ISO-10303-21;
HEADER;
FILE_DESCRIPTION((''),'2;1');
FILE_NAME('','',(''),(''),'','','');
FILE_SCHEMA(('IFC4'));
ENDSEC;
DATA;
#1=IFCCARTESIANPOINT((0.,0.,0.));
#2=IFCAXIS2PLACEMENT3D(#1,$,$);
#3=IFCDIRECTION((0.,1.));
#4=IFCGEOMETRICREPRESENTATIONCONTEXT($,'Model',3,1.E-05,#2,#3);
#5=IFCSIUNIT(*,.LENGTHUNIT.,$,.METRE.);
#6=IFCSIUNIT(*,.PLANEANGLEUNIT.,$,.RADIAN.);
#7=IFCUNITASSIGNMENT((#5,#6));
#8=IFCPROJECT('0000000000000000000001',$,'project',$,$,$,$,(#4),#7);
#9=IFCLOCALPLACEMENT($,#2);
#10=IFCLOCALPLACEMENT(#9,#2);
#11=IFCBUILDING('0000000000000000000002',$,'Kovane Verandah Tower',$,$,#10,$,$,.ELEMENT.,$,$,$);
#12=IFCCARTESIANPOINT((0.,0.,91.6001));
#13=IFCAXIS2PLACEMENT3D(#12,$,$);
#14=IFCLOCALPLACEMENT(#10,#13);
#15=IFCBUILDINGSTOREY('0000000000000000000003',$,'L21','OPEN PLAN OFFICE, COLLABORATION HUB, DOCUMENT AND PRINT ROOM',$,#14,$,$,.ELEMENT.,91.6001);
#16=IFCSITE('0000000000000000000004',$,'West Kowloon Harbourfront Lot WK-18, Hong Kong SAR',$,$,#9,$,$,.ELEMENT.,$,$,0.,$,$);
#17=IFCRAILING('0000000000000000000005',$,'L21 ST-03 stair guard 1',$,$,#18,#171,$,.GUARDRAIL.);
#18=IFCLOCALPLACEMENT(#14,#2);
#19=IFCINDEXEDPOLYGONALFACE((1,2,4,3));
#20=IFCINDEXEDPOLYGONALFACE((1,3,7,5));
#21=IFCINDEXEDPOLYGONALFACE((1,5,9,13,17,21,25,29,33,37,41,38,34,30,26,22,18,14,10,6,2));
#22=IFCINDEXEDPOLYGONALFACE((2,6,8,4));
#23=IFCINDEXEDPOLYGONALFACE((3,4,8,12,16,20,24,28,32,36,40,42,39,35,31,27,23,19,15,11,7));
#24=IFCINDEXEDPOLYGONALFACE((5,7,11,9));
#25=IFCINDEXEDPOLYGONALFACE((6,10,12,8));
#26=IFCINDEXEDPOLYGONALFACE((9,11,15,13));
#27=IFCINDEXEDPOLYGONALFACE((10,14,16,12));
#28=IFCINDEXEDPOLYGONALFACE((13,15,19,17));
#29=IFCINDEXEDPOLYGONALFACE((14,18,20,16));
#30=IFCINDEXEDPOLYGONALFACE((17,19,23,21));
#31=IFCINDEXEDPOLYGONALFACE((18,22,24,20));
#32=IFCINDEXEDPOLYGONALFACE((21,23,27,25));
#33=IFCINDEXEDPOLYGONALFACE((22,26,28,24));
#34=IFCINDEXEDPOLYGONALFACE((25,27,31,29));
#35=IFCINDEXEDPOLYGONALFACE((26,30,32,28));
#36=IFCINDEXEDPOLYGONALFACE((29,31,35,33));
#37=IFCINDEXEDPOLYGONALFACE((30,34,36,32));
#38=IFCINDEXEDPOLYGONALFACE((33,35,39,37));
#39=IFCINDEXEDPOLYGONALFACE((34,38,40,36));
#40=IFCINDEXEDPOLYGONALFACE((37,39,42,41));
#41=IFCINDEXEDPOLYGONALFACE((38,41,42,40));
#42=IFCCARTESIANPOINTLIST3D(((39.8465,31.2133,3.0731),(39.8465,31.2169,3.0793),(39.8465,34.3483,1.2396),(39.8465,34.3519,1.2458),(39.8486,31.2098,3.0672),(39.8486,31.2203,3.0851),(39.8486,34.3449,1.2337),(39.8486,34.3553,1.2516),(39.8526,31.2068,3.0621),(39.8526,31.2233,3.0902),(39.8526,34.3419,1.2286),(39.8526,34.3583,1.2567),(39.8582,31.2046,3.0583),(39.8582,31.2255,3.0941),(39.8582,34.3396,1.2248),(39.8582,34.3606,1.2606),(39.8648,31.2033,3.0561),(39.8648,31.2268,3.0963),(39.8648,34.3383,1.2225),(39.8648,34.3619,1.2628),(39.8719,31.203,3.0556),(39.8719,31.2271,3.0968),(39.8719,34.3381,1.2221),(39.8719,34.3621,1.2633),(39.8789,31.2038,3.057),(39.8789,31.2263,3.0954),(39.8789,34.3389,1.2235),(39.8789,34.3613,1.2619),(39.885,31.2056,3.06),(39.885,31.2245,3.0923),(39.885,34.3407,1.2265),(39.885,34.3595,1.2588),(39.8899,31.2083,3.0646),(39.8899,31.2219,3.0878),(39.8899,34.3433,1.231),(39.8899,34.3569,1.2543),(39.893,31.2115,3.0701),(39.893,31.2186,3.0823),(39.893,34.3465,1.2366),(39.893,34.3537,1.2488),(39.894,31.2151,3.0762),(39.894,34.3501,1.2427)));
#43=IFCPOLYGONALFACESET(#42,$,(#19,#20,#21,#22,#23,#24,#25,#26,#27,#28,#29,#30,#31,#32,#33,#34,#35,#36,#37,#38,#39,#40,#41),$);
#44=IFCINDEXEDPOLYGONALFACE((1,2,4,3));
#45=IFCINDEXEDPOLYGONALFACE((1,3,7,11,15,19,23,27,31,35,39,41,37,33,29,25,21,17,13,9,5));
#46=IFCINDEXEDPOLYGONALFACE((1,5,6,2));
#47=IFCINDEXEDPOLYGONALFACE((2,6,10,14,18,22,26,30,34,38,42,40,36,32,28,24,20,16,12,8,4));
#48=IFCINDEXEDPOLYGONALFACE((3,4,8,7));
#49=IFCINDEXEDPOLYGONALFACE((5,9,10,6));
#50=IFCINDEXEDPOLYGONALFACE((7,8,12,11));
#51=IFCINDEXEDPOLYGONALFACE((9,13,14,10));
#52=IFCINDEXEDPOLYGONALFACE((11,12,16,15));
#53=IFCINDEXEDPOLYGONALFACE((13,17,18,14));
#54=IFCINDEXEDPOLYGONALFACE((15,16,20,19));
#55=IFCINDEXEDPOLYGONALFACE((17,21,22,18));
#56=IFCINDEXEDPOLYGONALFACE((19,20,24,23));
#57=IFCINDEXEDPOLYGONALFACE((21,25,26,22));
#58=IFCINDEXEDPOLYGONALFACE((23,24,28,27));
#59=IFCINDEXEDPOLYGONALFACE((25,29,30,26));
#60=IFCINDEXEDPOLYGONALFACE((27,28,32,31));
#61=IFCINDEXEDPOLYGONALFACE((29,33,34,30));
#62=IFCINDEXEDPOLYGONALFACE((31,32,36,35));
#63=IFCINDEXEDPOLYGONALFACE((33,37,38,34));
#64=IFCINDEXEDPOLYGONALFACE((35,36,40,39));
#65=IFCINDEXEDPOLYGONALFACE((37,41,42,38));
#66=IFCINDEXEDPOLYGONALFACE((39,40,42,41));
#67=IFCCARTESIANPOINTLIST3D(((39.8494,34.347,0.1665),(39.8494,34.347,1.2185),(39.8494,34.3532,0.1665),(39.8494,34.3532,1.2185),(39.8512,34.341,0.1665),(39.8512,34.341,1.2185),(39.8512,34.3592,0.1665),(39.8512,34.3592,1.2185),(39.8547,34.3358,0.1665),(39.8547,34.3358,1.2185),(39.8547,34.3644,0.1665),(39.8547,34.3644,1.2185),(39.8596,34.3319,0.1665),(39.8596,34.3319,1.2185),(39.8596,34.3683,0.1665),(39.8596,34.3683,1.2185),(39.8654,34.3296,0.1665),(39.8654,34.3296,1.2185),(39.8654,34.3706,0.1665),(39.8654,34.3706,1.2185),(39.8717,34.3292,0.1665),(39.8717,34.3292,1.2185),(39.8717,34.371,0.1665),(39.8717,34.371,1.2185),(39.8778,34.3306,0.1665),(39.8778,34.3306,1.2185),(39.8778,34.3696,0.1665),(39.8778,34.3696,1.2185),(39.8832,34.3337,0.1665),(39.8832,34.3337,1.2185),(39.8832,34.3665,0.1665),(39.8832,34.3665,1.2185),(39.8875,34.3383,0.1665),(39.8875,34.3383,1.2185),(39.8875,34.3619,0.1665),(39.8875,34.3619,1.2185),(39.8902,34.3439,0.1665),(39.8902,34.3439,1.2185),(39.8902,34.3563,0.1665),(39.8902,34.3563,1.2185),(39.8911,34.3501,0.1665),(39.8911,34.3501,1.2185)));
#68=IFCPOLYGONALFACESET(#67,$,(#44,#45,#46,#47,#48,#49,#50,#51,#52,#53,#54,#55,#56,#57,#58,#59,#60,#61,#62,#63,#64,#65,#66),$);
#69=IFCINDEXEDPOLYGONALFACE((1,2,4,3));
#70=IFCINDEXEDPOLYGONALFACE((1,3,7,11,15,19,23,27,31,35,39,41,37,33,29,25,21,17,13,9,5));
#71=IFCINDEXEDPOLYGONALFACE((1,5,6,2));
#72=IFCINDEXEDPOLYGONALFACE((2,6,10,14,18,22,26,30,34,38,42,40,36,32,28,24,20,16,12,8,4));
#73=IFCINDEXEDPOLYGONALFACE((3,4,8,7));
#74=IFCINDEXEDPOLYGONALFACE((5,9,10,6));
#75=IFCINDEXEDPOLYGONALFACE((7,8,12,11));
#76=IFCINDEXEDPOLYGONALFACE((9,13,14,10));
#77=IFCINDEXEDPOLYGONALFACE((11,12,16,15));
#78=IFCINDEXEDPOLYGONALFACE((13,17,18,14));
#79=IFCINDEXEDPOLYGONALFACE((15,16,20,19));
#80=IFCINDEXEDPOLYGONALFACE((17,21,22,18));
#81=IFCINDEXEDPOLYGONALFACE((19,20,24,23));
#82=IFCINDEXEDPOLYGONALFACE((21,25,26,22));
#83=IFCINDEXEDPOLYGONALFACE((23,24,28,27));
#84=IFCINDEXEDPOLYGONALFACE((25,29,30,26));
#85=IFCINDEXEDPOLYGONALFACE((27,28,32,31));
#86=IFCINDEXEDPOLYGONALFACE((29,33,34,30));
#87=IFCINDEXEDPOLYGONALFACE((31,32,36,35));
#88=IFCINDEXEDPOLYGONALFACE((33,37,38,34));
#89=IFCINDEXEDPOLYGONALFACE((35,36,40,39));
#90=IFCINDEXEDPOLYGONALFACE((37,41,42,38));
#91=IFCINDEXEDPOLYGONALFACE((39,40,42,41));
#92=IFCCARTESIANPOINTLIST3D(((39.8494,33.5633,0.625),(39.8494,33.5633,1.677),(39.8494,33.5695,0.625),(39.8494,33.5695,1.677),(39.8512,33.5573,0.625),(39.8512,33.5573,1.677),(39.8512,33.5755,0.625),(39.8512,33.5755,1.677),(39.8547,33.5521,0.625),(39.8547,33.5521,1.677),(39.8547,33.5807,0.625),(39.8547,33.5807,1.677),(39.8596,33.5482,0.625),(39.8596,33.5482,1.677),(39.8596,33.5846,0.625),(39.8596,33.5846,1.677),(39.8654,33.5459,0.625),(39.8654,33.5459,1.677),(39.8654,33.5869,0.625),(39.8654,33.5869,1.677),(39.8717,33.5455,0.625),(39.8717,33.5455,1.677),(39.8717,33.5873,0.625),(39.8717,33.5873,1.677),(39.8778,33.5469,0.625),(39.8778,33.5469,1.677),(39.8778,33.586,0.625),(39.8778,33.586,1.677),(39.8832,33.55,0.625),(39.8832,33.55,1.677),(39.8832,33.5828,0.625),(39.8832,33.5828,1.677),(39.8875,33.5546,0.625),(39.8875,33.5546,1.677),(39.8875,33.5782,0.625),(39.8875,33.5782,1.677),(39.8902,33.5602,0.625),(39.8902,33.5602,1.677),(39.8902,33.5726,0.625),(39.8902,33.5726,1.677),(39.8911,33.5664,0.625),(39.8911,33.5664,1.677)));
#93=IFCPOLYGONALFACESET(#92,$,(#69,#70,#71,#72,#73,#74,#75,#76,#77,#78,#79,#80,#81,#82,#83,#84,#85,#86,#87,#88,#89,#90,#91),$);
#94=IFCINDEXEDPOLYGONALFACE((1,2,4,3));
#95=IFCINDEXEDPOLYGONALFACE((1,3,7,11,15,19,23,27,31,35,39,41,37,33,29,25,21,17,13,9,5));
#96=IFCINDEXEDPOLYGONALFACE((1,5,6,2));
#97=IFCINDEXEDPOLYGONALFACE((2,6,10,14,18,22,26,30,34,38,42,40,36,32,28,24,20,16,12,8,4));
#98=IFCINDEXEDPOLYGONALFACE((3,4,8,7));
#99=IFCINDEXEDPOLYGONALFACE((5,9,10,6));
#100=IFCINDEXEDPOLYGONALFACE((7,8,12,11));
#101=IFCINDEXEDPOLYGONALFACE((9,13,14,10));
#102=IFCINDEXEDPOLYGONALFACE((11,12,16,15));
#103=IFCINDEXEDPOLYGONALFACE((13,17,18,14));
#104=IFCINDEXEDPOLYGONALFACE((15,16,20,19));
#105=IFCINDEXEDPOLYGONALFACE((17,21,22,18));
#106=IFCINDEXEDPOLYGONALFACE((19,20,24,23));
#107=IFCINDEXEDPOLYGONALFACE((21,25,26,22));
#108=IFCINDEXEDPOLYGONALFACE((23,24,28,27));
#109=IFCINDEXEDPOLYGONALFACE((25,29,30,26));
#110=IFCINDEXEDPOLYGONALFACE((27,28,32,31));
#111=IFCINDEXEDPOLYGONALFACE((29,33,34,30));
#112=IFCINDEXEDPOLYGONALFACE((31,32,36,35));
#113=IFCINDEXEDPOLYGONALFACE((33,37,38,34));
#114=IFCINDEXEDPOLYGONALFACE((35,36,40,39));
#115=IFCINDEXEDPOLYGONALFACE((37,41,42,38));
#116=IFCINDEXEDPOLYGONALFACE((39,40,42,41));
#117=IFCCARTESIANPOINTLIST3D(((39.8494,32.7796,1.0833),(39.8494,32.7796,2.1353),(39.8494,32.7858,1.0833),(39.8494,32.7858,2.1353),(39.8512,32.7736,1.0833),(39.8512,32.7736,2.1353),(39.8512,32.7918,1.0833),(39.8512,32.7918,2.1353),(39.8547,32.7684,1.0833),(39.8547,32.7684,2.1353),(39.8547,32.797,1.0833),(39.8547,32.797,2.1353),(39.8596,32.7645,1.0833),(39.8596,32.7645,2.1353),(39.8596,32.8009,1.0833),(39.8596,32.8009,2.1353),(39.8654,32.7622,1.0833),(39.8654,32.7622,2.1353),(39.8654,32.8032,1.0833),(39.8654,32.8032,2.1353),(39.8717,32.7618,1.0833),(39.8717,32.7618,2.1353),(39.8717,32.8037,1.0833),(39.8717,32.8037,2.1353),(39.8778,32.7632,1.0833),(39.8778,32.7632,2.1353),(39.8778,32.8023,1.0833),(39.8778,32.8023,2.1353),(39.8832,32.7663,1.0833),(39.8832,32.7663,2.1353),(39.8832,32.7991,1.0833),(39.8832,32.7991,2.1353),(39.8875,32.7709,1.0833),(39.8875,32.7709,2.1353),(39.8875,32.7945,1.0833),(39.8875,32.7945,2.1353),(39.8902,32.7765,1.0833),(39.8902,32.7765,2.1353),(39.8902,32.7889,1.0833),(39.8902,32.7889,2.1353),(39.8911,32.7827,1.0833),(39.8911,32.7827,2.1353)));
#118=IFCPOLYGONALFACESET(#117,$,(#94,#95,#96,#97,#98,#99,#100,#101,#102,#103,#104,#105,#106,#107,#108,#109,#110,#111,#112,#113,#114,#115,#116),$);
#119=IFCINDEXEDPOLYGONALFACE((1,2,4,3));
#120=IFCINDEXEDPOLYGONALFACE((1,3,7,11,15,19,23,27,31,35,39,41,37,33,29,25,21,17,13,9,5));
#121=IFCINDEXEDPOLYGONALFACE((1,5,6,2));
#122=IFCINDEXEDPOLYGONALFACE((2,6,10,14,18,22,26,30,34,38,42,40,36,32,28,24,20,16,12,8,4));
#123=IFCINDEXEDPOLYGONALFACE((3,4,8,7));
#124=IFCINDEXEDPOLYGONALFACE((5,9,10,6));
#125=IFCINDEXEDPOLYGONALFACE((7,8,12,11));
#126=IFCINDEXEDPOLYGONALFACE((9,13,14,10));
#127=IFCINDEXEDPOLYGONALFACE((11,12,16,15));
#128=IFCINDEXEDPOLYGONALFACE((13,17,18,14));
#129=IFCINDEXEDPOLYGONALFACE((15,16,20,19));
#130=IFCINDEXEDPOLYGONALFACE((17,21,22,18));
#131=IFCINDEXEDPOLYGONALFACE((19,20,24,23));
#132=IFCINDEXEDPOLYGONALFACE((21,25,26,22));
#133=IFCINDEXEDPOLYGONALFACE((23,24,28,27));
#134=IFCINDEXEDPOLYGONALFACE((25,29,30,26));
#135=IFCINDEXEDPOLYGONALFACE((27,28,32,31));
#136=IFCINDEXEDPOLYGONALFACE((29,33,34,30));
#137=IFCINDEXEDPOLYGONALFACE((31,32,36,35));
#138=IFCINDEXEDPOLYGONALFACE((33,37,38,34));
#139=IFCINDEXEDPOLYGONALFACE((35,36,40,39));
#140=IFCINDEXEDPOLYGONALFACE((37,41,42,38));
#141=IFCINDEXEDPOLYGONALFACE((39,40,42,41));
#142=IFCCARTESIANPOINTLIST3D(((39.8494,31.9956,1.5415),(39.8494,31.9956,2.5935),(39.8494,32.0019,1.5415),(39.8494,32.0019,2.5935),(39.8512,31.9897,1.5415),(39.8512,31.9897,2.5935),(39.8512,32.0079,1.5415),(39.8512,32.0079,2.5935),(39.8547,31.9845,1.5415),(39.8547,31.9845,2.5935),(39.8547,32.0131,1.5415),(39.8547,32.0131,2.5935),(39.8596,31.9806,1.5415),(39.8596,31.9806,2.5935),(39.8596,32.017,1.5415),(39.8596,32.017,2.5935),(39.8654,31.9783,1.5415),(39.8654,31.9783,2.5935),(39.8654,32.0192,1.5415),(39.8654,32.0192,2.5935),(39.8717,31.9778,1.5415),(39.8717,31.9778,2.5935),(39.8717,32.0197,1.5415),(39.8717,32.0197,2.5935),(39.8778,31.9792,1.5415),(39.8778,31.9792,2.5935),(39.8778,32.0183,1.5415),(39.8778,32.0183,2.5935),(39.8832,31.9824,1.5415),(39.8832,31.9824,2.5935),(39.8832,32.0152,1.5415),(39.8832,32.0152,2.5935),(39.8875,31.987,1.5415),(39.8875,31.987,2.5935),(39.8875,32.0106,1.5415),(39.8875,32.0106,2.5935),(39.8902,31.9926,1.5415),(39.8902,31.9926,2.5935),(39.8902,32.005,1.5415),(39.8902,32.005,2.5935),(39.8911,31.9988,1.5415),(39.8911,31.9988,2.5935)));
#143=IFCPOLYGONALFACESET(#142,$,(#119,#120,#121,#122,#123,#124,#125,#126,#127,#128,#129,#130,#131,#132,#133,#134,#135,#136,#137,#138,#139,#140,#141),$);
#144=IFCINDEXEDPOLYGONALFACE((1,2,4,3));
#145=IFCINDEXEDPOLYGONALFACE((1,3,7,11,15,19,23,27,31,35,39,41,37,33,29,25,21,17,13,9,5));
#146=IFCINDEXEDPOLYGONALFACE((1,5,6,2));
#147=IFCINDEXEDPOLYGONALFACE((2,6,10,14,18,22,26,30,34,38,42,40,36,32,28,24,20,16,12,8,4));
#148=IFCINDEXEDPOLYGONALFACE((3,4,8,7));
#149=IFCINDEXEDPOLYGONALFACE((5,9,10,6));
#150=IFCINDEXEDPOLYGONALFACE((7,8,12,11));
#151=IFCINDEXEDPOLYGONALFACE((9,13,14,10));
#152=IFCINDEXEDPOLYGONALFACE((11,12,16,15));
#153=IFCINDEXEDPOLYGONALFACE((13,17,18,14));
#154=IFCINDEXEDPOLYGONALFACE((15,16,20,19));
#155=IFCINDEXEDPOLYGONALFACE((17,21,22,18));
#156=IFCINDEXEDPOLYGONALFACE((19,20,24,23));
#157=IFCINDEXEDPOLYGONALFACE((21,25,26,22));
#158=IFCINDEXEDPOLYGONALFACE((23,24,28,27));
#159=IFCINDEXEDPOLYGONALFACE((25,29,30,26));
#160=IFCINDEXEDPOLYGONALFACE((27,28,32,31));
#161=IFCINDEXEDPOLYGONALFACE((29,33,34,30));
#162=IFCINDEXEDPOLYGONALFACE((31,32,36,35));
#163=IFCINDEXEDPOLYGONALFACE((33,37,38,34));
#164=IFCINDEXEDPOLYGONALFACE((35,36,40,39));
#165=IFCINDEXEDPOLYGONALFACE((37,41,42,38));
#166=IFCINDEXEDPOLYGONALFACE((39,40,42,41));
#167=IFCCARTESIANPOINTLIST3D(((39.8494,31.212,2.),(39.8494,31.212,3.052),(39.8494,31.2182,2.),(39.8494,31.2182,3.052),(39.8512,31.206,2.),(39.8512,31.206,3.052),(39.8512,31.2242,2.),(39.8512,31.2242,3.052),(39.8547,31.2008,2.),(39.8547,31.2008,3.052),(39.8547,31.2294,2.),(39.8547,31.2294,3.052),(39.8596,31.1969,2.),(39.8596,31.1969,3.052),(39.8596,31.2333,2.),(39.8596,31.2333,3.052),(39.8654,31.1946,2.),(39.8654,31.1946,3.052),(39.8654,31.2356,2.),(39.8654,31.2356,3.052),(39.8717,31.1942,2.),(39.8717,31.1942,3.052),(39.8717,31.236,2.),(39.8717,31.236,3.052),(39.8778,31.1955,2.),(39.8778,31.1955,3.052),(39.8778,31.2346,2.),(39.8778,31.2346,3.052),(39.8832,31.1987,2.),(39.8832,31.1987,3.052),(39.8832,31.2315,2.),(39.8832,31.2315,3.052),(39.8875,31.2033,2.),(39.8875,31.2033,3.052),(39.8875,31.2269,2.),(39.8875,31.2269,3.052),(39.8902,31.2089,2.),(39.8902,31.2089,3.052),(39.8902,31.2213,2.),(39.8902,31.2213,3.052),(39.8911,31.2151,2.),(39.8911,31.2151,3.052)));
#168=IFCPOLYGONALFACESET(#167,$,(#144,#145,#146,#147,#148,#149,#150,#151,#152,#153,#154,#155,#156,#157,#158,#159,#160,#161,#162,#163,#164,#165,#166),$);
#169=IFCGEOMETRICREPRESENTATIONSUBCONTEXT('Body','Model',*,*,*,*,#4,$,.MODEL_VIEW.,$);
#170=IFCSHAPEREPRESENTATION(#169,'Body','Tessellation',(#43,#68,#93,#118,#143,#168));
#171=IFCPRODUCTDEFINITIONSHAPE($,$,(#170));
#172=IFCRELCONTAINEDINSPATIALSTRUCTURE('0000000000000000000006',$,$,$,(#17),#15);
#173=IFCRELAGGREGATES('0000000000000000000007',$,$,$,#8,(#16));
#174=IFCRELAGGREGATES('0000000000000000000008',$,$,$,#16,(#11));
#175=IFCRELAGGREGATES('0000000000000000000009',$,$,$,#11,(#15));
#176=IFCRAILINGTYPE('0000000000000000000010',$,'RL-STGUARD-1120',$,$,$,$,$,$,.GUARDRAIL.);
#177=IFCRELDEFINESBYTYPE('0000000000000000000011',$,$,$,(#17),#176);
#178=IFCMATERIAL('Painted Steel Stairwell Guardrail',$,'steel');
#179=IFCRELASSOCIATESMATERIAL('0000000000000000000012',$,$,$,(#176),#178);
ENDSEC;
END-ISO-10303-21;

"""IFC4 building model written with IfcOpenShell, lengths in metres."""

from ifc_helpers import new_model, si_unit, direction, frame, origin, origin_2d, place, context, subcontext, project, spatial, circle, extrude, material, type_object, element, save


model = new_model("IFC4")

# Units and contexts
model_context = context("Model", 3, precision=1e-05, world=origin(), true_north=direction((0.0, 1.0)))
body_context = subcontext(model_context, "Body", "Model", "MODEL_VIEW")
ifc_project = project(units=[si_unit("LENGTHUNIT", "METRE"), si_unit("PLANEANGLEUNIT", "RADIAN")], contexts=[model_context])

# Site, building, storey
site_placement = place(None, origin())
site = spatial("IfcSite", under=ifc_project, at=site_placement, Name="West Kowloon Harbourfront Lot WK-18, Hong Kong SAR", CompositionType="ELEMENT", RefElevation=0.0)
building_placement = place(site_placement, origin())
building = spatial("IfcBuilding", under=site, at=building_placement, Name="Kovane Verandah Tower", CompositionType="ELEMENT")
storey_placement = place(building_placement, frame((0.0, 0.0, 91.6001)))
storey = spatial("IfcBuildingStorey", under=building, at=storey_placement, Name="L21", Description="OPEN PLAN OFFICE, COLLABORATION HUB, DOCUMENT AND PRINT ROOM", CompositionType="ELEMENT", Elevation=91.6001)

# Railing
ifc_material_1 = material(Name="Painted Steel Stairwell Guardrail", Category="steel")
railing_type_1 = type_object("IfcRailingType", Name="RL-STGUARD-1120", PredefinedType="GUARDRAIL", material=ifc_material_1)
railing_1_placement = place(storey_placement, frame((39.8701, 34.3501, 0.1665)))
element("IfcRailing", 1, at=railing_1_placement, inside=storey, type_object=railing_type_1, Name="L21 ST-03 stair guard 1", PredefinedType="GUARDRAIL", context=body_context, shape_type="SweptSolid", body=[
    extrude(circle(Radius=0.0239, at=origin_2d()), frame((0.0, 0.0, 1.0762), z_axis=(0.0, -0.86321, 0.504845), x_axis=(1.0, 0.0, 0.0)), (0.0, 0.0, 1.0), 3.6318),
    extrude(circle(Radius=0.021, at=origin_2d()), origin(), (0.0, 0.0, 1.0), 1.052),
    extrude(circle(Radius=0.021, at=origin_2d()), frame((0.0, -0.7837, 0.4585)), (0.0, 0.0, 1.0), 1.052),
    extrude(circle(Radius=0.021, at=origin_2d()), frame((0.0, -1.5674, 0.9167)), (0.0, 0.0, 1.0), 1.052),
    extrude(circle(Radius=0.021, at=origin_2d()), frame((0.0, -2.3513, 1.375)), (0.0, 0.0, 1.0), 1.052),
    extrude(circle(Radius=0.021, at=origin_2d()), frame((0.0, -3.135, 1.8335)), (0.0, 0.0, 1.0), 1.052),
])

save(model, "model.ifc")
